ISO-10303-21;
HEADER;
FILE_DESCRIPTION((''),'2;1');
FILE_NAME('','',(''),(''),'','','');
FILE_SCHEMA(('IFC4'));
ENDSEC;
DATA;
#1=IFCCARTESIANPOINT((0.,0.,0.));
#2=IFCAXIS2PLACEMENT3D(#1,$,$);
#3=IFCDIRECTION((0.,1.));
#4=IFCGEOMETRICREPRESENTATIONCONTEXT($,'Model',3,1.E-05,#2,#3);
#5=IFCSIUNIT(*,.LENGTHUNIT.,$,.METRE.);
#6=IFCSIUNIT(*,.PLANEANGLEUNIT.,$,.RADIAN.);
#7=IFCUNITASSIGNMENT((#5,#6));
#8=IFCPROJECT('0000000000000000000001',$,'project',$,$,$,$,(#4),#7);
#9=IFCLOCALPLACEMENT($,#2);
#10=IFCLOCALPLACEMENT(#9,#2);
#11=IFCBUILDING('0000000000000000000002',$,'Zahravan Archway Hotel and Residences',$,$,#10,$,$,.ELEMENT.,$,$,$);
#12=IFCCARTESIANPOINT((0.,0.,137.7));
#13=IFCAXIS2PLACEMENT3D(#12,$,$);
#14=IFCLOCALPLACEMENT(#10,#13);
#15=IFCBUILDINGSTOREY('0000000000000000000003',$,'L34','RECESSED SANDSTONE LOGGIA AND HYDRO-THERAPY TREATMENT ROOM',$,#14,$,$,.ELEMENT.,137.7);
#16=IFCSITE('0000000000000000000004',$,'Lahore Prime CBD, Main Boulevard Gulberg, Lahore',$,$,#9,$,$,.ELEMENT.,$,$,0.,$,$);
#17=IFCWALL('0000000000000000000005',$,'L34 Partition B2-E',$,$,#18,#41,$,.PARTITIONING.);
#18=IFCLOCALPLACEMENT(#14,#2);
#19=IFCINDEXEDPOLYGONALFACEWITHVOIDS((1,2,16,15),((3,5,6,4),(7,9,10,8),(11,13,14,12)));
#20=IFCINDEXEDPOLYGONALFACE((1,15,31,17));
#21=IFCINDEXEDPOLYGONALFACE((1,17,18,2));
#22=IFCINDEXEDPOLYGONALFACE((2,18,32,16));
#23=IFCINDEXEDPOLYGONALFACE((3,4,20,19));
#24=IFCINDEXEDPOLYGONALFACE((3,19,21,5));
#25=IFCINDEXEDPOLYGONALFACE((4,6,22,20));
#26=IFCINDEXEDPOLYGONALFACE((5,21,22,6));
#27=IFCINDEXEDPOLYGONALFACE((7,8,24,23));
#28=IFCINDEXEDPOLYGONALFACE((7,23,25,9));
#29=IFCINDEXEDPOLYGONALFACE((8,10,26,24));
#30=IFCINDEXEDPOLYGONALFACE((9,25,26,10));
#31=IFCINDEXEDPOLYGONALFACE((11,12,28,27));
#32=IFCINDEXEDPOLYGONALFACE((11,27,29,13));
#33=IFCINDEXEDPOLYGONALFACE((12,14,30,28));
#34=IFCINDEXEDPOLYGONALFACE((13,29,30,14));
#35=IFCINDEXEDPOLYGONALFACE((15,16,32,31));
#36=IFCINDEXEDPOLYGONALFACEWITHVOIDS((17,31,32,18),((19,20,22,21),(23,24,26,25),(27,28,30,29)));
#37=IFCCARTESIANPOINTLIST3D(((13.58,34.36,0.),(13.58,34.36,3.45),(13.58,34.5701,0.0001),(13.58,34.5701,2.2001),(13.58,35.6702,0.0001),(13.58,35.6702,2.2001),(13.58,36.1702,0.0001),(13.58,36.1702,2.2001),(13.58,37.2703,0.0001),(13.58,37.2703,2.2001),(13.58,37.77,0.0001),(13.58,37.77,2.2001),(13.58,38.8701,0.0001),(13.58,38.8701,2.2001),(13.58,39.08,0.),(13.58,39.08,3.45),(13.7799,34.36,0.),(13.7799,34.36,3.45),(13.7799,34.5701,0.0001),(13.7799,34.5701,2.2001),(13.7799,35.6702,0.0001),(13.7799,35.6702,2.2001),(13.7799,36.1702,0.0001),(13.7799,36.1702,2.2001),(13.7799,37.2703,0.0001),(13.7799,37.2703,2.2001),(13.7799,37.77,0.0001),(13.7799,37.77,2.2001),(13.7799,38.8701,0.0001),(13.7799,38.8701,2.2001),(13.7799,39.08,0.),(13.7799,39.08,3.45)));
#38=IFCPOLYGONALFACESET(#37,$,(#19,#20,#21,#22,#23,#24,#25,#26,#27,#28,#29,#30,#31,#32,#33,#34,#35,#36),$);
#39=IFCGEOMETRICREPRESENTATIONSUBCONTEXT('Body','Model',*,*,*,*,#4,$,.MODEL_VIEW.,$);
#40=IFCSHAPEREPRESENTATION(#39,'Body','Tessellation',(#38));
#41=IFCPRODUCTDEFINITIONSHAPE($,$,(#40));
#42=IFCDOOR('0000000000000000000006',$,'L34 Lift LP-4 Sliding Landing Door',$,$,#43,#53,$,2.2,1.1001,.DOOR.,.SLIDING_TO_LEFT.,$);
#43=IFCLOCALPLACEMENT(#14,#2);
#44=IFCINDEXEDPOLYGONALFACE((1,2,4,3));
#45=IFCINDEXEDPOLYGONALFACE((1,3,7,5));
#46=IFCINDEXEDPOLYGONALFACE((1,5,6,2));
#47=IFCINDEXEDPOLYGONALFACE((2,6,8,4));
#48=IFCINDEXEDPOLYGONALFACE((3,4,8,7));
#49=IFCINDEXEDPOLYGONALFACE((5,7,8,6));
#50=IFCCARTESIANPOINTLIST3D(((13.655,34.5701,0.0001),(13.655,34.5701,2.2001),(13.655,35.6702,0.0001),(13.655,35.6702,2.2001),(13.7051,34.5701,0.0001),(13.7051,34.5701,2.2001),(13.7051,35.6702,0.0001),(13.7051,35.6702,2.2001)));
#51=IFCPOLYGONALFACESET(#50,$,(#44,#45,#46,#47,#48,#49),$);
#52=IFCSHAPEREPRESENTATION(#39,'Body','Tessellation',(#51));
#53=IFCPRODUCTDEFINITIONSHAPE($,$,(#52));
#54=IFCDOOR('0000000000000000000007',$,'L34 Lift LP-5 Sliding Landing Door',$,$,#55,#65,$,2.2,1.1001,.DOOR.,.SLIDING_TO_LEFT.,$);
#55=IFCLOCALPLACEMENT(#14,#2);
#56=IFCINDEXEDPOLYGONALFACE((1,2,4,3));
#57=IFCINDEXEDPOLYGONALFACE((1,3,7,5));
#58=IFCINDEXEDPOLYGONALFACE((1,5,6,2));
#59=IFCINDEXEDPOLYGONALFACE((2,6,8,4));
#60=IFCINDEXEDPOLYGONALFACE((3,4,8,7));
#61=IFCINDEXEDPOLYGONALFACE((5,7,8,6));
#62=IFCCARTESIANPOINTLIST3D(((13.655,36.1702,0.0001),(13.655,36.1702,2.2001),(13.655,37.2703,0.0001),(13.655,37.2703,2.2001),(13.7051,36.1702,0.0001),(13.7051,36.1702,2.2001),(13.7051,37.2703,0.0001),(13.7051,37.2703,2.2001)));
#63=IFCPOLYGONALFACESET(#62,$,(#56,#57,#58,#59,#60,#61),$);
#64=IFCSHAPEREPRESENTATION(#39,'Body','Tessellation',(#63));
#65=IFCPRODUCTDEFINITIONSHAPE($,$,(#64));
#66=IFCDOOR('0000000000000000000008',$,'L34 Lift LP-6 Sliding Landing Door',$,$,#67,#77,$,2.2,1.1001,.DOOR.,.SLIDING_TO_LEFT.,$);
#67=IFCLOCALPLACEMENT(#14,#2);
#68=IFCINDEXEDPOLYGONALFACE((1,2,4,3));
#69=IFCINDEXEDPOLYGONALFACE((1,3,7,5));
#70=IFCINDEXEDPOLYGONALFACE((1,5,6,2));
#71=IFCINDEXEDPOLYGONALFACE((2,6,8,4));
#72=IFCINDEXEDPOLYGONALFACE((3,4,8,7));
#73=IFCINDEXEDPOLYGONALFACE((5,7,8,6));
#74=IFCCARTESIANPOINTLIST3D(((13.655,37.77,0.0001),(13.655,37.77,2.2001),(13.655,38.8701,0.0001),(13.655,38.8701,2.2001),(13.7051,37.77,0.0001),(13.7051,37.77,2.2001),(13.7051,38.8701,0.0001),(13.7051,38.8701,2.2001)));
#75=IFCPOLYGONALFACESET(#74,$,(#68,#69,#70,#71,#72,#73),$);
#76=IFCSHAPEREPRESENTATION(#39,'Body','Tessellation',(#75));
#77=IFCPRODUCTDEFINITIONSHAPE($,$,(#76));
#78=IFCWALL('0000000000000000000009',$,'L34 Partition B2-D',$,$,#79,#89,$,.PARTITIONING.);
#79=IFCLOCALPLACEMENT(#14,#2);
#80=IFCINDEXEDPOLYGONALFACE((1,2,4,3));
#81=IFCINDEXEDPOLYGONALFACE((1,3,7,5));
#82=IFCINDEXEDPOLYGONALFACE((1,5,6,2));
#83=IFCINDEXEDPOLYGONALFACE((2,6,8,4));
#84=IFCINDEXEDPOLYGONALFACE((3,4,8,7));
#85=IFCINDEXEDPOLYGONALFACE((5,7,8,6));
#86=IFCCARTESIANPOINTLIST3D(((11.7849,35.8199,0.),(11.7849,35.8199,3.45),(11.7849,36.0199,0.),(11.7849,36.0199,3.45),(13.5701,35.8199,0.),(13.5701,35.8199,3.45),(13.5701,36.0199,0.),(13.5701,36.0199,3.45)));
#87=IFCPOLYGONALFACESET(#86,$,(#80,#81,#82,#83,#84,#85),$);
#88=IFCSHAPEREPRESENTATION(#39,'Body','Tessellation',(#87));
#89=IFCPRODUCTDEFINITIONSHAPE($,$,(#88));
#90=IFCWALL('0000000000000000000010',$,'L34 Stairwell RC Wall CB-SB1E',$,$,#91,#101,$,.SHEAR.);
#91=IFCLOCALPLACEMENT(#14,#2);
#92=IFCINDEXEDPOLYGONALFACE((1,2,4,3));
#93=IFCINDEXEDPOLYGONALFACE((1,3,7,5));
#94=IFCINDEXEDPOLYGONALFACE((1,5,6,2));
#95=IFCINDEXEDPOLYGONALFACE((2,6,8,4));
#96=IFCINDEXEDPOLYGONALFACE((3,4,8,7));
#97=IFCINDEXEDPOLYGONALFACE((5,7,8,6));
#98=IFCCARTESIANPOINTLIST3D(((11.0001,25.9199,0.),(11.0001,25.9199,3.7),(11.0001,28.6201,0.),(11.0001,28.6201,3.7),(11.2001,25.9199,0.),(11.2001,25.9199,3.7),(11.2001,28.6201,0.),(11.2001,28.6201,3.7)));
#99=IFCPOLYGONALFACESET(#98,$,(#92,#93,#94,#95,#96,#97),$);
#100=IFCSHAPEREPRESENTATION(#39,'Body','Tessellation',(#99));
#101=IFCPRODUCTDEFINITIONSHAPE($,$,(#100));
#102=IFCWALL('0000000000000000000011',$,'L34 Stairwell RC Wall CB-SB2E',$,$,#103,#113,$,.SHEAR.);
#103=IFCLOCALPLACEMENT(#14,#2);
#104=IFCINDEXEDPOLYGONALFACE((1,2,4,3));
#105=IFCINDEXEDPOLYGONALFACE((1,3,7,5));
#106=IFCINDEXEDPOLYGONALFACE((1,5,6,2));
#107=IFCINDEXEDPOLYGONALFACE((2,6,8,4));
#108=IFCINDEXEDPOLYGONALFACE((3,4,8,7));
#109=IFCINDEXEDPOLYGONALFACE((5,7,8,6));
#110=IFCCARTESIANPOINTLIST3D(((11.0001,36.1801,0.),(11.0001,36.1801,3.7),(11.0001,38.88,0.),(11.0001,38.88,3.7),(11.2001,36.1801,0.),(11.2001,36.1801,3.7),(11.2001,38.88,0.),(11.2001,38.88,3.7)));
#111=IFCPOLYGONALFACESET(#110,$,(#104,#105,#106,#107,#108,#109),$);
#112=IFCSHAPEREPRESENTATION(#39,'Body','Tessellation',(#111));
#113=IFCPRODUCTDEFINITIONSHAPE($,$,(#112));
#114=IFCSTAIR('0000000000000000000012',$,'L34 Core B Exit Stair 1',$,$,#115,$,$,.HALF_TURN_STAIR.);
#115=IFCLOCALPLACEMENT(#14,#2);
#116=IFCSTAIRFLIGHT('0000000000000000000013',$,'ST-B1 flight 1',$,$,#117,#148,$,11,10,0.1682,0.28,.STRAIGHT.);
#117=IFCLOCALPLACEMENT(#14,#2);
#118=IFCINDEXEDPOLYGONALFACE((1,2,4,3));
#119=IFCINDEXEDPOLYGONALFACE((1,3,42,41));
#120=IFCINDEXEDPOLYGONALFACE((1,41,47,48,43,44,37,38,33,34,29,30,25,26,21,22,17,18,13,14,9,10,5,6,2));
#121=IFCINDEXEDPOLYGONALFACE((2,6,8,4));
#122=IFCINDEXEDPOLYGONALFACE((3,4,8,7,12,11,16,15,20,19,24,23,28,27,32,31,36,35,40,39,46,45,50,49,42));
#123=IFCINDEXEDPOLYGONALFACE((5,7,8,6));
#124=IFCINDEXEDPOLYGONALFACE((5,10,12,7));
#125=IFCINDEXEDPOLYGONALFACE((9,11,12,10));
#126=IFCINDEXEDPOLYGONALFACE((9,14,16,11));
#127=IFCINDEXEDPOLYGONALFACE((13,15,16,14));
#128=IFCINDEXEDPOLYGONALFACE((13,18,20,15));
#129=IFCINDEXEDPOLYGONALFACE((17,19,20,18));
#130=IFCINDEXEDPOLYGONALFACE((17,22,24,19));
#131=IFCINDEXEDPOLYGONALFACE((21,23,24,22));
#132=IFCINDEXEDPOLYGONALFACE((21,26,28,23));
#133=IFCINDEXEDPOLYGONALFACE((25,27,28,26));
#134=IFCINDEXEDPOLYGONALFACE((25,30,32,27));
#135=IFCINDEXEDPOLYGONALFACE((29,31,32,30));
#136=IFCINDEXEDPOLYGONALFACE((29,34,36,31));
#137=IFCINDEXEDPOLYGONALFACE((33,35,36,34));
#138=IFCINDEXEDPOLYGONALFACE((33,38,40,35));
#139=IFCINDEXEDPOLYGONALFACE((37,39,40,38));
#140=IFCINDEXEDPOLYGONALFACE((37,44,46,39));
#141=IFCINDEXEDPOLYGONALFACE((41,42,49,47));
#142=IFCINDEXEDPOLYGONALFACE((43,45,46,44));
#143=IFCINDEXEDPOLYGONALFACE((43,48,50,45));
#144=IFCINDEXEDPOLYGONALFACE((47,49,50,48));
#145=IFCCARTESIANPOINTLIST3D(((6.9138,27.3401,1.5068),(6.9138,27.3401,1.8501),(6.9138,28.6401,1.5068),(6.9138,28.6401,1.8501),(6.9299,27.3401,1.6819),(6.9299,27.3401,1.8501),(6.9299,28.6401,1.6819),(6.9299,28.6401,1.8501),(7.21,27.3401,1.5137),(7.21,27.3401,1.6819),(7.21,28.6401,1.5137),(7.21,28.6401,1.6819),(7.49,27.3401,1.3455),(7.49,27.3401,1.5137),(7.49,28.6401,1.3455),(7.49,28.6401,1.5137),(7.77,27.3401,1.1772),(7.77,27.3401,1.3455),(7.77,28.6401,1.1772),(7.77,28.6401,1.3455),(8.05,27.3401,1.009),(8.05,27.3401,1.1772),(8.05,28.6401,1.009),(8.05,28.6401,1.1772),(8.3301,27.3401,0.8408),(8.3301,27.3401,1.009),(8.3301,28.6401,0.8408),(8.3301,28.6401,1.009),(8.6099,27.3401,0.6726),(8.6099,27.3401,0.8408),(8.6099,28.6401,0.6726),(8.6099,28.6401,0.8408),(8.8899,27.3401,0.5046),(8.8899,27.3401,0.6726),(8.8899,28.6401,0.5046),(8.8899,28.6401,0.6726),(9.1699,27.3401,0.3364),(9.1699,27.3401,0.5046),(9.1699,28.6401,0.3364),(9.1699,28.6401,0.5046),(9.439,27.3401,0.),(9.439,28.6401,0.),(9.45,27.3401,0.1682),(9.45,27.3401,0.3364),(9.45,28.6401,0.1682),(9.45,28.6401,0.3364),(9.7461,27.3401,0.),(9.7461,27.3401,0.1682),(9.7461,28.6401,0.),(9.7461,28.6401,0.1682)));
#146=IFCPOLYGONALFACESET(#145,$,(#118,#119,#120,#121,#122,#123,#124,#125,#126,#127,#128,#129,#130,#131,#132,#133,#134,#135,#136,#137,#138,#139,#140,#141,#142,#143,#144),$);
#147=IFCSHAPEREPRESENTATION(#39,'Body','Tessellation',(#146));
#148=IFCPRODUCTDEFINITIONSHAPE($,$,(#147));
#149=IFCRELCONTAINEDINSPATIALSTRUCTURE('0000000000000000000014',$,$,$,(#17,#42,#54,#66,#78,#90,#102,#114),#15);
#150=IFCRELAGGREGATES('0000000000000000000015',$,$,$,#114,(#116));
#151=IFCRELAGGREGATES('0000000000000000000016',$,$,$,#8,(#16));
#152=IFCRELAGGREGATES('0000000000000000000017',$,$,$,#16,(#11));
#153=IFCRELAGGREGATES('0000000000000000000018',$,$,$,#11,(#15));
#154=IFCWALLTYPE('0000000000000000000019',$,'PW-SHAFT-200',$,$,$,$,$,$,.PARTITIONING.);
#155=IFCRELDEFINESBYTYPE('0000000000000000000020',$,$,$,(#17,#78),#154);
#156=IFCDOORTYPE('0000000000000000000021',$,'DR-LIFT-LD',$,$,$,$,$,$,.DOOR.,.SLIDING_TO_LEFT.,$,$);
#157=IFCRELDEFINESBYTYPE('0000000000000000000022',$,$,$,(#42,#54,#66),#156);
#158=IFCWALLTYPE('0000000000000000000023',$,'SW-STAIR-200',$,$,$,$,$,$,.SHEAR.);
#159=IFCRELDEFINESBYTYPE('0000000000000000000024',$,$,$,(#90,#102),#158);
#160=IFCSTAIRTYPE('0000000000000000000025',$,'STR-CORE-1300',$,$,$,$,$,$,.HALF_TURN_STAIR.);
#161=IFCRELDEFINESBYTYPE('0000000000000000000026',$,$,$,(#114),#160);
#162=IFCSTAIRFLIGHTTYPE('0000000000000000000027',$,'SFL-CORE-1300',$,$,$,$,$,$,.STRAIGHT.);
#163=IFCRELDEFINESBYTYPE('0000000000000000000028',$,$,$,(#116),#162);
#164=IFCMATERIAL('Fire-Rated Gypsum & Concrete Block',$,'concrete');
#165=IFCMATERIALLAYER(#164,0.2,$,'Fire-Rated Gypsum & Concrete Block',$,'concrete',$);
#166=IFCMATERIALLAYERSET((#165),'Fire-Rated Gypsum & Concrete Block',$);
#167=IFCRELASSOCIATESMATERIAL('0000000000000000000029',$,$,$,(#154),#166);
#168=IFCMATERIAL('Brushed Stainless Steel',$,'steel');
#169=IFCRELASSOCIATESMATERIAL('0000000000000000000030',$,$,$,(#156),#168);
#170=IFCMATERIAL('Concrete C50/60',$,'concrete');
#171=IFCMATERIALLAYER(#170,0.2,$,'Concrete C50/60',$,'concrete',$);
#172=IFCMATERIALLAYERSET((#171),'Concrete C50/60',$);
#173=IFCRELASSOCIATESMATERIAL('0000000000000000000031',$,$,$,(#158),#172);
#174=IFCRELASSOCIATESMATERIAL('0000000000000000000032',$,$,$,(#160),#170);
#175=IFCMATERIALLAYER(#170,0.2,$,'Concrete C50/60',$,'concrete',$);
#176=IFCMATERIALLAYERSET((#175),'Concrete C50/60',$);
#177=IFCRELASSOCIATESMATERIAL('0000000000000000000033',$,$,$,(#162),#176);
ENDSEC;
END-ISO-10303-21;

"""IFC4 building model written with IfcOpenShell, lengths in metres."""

from ifc_helpers import new_model, si_unit, direction, frame, frame_2d, origin, place, context, subcontext, project, spatial, polyline, rectangle, outline, extrude, source, transform, mapped, material, layer, layer_set, type_object, type_shapes, element, fill, aggregate, save


model = new_model("IFC4")

# Units and contexts
model_context = context("Model", 3, precision=1e-05, world=origin(), true_north=direction((0.0, 1.0)))
body_context = subcontext(model_context, "Body", "Model", "MODEL_VIEW")
ifc_project = project(units=[si_unit("LENGTHUNIT", "METRE"), si_unit("PLANEANGLEUNIT", "RADIAN")], contexts=[model_context])

# Site, building, storey
site_placement = place(None, origin())
site = spatial("IfcSite", under=ifc_project, at=site_placement, Name="Lahore Prime CBD, Main Boulevard Gulberg, Lahore", CompositionType="ELEMENT", RefElevation=0.0)
building_placement = place(site_placement, origin())
building = spatial("IfcBuilding", under=site, at=building_placement, Name="Zahravan Archway Hotel and Residences", CompositionType="ELEMENT")
storey_placement = place(building_placement, frame((0.0, 0.0, 137.7)))
storey = spatial("IfcBuildingStorey", under=building, at=storey_placement, Name="L34", Description="RECESSED SANDSTONE LOGGIA AND HYDRO-THERAPY TREATMENT ROOM", CompositionType="ELEMENT", Elevation=137.7)

# Shared definitions
ifc_material_1 = material(Name="Fire-Rated Gypsum & Concrete Block", Category="concrete")
ifc_layer_1 = layer(ifc_material_1, 0.2, Name="Fire-Rated Gypsum & Concrete Block", Category="concrete")
ifc_layer_set_1 = layer_set([ifc_layer_1], Name="Fire-Rated Gypsum & Concrete Block")
wall_type_1 = type_object("IfcWallType", Name="PW-SHAFT-200", PredefinedType="PARTITIONING", material=ifc_layer_set_1)

# Wall, openings, doors
wall_1_placement = place(storey_placement, frame((13.6799, 34.3601, 0.0), z_axis=(0.0, 0.0, 1.0), x_axis=(0.0, 1.0, 0.0)))
wall_1 = element("IfcWall", 1, at=wall_1_placement, inside=storey, type_object=wall_type_1, Name="L34 Partition B2-E", PredefinedType="PARTITIONING", context=body_context, shape_type="SweptSolid", body=[
    extrude(rectangle(XDim=4.72, YDim=0.2, at=frame_2d((2.3599, 0.0))), origin(), (0.0, 0.0, 1.0), 3.45),
])
opening_1_placement = place(wall_1_placement, frame((0.21, 0.0, 0.0)))
opening_1 = element("IfcOpeningElement", 2, at=opening_1_placement, cuts=wall_1, PredefinedType="OPENING", context=body_context, shape_type="SweptSolid", body=[
    extrude(rectangle(XDim=1.1001, YDim=2.2, at=frame_2d((0.55, 1.1001))), frame((0.0, 0.1099, 0.0), z_axis=(0.0, -1.0, 0.0), x_axis=(1.0, 0.0, 0.0)), (0.0, 0.0, 1.0), 0.22),
])
opening_2_placement = place(wall_1_placement, frame((1.8101, 0.0, 0.0)))
opening_2 = element("IfcOpeningElement", 3, at=opening_2_placement, cuts=wall_1, PredefinedType="OPENING", context=body_context, shape_type="SweptSolid", body=[
    extrude(rectangle(XDim=1.1001, YDim=2.2, at=frame_2d((0.55, 1.1001))), frame((0.0, 0.1099, 0.0), z_axis=(0.0, -1.0, 0.0), x_axis=(1.0, 0.0, 0.0)), (0.0, 0.0, 1.0), 0.22),
])
opening_3_placement = place(wall_1_placement, frame((3.4099, 0.0, 0.0)))
opening_3 = element("IfcOpeningElement", 4, at=opening_3_placement, cuts=wall_1, PredefinedType="OPENING", context=body_context, shape_type="SweptSolid", body=[
    extrude(rectangle(XDim=1.1001, YDim=2.2, at=frame_2d((0.55, 1.1001))), frame((0.0, 0.1099, 0.0), z_axis=(0.0, -1.0, 0.0), x_axis=(1.0, 0.0, 0.0)), (0.0, 0.0, 1.0), 0.22),
])
ifc_material_2 = material(Name="Brushed Stainless Steel", Category="steel")
door_type_1 = type_object("IfcDoorType", Name="DR-LIFT-LD", OperationType="SLIDING_TO_LEFT", PredefinedType="DOOR", material=ifc_material_2)
shared_shape_1 = source(origin(), body_context, "Body", "SweptSolid", [
    extrude(rectangle(XDim=1.1001, YDim=2.2, at=frame_2d((0.55, 1.1001))), frame((0.0, 0.0249, 0.0), z_axis=(0.0, -1.0, 0.0), x_axis=(1.0, 0.0, 0.0)), (0.0, 0.0, 1.0), 0.05),
])
type_shapes(door_type_1, [shared_shape_1])
door_1_placement = place(opening_1_placement, origin())
door_1 = element("IfcDoor", 5, at=door_1_placement, inside=storey, type_object=door_type_1, Name="L34 Lift LP-4 Sliding Landing Door", OperationType="SLIDING_TO_LEFT", OverallHeight=2.2, OverallWidth=1.1001, PredefinedType="DOOR", context=body_context, shape_type="MappedRepresentation", body=[
    mapped(shared_shape_1, transform((0.0, 0.0, 0.0), scale=1.0)),
])
fill(opening_1, door_1)
door_2_placement = place(opening_2_placement, origin())
door_2 = element("IfcDoor", 6, at=door_2_placement, inside=storey, type_object=door_type_1, Name="L34 Lift LP-5 Sliding Landing Door", OperationType="SLIDING_TO_LEFT", OverallHeight=2.2, OverallWidth=1.1001, PredefinedType="DOOR", context=body_context, shape_type="MappedRepresentation", body=[
    mapped(shared_shape_1, transform((0.0, 0.0, 0.0), scale=1.0)),
])
fill(opening_2, door_2)
door_3_placement = place(opening_3_placement, origin())
door_3 = element("IfcDoor", 7, at=door_3_placement, inside=storey, type_object=door_type_1, Name="L34 Lift LP-6 Sliding Landing Door", OperationType="SLIDING_TO_LEFT", OverallHeight=2.2, OverallWidth=1.1001, PredefinedType="DOOR", context=body_context, shape_type="MappedRepresentation", body=[
    mapped(shared_shape_1, transform((0.0, 0.0, 0.0), scale=1.0)),
])
fill(opening_3, door_3)

# Wall
wall_2_placement = place(storey_placement, frame((11.7849, 35.9199, 0.0), z_axis=(0.0, 0.0, 1.0), x_axis=(1.0, 0.0, 0.0)))
element("IfcWall", 8, at=wall_2_placement, inside=storey, type_object=wall_type_1, Name="L34 Partition B2-D", PredefinedType="PARTITIONING", context=body_context, shape_type="SweptSolid", body=[
    extrude(rectangle(XDim=1.7852, YDim=0.2, at=frame_2d((0.8926, 0.0))), origin(), (0.0, 0.0, 1.0), 3.45),
])

# Walls
ifc_material_3 = material(Name="Concrete C50/60", Category="concrete")
ifc_layer_2 = layer(ifc_material_3, 0.2, Name="Concrete C50/60", Category="concrete")
ifc_layer_set_2 = layer_set([ifc_layer_2], Name="Concrete C50/60")
wall_type_2 = type_object("IfcWallType", Name="SW-STAIR-200", PredefinedType="SHEAR", material=ifc_layer_set_2)
wall_3_placement = place(storey_placement, frame((11.1001, 25.9199, 0.0), z_axis=(0.0, 0.0, 1.0), x_axis=(0.0, 1.0, 0.0)))
element("IfcWall", 9, at=wall_3_placement, inside=storey, type_object=wall_type_2, Name="L34 Stairwell RC Wall CB-SB1E", PredefinedType="SHEAR", context=body_context, shape_type="SweptSolid", body=[
    extrude(rectangle(XDim=2.7002, YDim=0.2, at=frame_2d((1.3501, 0.0))), origin(), (0.0, 0.0, 1.0), 3.7),
])
wall_4_placement = place(storey_placement, frame((11.1001, 36.1799, 0.0), z_axis=(0.0, 0.0, 1.0), x_axis=(0.0, 1.0, 0.0)))
element("IfcWall", 10, at=wall_4_placement, inside=storey, type_object=wall_type_2, Name="L34 Stairwell RC Wall CB-SB2E", PredefinedType="SHEAR", context=body_context, shape_type="SweptSolid", body=[
    extrude(rectangle(XDim=2.7, YDim=0.2, at=frame_2d((1.3501, 0.0))), origin(), (0.0, 0.0, 1.0), 3.7),
])

# Stair, stair flight
stair_type = type_object("IfcStairType", Name="STR-CORE-1300", PredefinedType="HALF_TURN_STAIR", material=ifc_material_3)
stair_1_placement = place(storey_placement, origin())
stair_1 = element("IfcStair", 11, at=stair_1_placement, inside=storey, type_object=stair_type, Name="L34 Core B Exit Stair 1", PredefinedType="HALF_TURN_STAIR")
ifc_layer_3 = layer(ifc_material_3, 0.2, Name="Concrete C50/60", Category="concrete")
ifc_layer_set_3 = layer_set([ifc_layer_3], Name="Concrete C50/60")
stair_flight_type = type_object("IfcStairFlightType", Name="SFL-CORE-1300", PredefinedType="STRAIGHT", material=ifc_layer_set_3)
shared_shape_2 = source(origin(), body_context, "Body", "SweptSolid", [
    extrude(outline(polyline([(-0.0161, 0.0), (-0.0161, 0.1682), (0.28, 0.1682), (0.28, 0.3364), (0.5601, 0.3364), (0.5601, 0.5046), (0.8401, 0.5046), (0.8401, 0.6726), (1.1201, 0.6726), (1.1201, 0.8408), (1.3999, 0.8408), (1.3999, 1.009), (1.6799, 1.009), (1.6799, 1.1772), (1.96, 1.1772), (1.96, 1.3455), (2.24, 1.3455), (2.24, 1.5137), (2.52, 1.5137), (2.52, 1.6819), (2.8, 1.6819), (2.8, 1.8501), (2.8162, 1.8501), (2.8162, 1.5068), (0.291, 0.0), (-0.0161, 0.0)])), frame((0.0, 0.6499, 0.0), z_axis=(0.0, -1.0, 0.0), x_axis=(1.0, 0.0, 0.0)), (0.0, 0.0, 1.0), 1.3),
])
stair_flight_1_placement = place(storey_placement, frame((9.73, 27.99, 0.0), z_axis=(0.0, 0.0, 1.0), x_axis=(-1.0, 0.0, 0.0)))
stair_flight_1 = element("IfcStairFlight", 12, at=stair_flight_1_placement, type_object=stair_flight_type, Name="ST-B1 flight 1", NumberOfRisers=11, NumberOfTreads=10, PredefinedType="STRAIGHT", RiserHeight=0.1682, TreadLength=0.28, context=body_context, shape_type="MappedRepresentation", body=[
    mapped(shared_shape_2, transform((0.0, 0.0, 0.0), scale=1.0)),
])
aggregate(stair_1, [stair_flight_1])

save(model, "model.ifc")
